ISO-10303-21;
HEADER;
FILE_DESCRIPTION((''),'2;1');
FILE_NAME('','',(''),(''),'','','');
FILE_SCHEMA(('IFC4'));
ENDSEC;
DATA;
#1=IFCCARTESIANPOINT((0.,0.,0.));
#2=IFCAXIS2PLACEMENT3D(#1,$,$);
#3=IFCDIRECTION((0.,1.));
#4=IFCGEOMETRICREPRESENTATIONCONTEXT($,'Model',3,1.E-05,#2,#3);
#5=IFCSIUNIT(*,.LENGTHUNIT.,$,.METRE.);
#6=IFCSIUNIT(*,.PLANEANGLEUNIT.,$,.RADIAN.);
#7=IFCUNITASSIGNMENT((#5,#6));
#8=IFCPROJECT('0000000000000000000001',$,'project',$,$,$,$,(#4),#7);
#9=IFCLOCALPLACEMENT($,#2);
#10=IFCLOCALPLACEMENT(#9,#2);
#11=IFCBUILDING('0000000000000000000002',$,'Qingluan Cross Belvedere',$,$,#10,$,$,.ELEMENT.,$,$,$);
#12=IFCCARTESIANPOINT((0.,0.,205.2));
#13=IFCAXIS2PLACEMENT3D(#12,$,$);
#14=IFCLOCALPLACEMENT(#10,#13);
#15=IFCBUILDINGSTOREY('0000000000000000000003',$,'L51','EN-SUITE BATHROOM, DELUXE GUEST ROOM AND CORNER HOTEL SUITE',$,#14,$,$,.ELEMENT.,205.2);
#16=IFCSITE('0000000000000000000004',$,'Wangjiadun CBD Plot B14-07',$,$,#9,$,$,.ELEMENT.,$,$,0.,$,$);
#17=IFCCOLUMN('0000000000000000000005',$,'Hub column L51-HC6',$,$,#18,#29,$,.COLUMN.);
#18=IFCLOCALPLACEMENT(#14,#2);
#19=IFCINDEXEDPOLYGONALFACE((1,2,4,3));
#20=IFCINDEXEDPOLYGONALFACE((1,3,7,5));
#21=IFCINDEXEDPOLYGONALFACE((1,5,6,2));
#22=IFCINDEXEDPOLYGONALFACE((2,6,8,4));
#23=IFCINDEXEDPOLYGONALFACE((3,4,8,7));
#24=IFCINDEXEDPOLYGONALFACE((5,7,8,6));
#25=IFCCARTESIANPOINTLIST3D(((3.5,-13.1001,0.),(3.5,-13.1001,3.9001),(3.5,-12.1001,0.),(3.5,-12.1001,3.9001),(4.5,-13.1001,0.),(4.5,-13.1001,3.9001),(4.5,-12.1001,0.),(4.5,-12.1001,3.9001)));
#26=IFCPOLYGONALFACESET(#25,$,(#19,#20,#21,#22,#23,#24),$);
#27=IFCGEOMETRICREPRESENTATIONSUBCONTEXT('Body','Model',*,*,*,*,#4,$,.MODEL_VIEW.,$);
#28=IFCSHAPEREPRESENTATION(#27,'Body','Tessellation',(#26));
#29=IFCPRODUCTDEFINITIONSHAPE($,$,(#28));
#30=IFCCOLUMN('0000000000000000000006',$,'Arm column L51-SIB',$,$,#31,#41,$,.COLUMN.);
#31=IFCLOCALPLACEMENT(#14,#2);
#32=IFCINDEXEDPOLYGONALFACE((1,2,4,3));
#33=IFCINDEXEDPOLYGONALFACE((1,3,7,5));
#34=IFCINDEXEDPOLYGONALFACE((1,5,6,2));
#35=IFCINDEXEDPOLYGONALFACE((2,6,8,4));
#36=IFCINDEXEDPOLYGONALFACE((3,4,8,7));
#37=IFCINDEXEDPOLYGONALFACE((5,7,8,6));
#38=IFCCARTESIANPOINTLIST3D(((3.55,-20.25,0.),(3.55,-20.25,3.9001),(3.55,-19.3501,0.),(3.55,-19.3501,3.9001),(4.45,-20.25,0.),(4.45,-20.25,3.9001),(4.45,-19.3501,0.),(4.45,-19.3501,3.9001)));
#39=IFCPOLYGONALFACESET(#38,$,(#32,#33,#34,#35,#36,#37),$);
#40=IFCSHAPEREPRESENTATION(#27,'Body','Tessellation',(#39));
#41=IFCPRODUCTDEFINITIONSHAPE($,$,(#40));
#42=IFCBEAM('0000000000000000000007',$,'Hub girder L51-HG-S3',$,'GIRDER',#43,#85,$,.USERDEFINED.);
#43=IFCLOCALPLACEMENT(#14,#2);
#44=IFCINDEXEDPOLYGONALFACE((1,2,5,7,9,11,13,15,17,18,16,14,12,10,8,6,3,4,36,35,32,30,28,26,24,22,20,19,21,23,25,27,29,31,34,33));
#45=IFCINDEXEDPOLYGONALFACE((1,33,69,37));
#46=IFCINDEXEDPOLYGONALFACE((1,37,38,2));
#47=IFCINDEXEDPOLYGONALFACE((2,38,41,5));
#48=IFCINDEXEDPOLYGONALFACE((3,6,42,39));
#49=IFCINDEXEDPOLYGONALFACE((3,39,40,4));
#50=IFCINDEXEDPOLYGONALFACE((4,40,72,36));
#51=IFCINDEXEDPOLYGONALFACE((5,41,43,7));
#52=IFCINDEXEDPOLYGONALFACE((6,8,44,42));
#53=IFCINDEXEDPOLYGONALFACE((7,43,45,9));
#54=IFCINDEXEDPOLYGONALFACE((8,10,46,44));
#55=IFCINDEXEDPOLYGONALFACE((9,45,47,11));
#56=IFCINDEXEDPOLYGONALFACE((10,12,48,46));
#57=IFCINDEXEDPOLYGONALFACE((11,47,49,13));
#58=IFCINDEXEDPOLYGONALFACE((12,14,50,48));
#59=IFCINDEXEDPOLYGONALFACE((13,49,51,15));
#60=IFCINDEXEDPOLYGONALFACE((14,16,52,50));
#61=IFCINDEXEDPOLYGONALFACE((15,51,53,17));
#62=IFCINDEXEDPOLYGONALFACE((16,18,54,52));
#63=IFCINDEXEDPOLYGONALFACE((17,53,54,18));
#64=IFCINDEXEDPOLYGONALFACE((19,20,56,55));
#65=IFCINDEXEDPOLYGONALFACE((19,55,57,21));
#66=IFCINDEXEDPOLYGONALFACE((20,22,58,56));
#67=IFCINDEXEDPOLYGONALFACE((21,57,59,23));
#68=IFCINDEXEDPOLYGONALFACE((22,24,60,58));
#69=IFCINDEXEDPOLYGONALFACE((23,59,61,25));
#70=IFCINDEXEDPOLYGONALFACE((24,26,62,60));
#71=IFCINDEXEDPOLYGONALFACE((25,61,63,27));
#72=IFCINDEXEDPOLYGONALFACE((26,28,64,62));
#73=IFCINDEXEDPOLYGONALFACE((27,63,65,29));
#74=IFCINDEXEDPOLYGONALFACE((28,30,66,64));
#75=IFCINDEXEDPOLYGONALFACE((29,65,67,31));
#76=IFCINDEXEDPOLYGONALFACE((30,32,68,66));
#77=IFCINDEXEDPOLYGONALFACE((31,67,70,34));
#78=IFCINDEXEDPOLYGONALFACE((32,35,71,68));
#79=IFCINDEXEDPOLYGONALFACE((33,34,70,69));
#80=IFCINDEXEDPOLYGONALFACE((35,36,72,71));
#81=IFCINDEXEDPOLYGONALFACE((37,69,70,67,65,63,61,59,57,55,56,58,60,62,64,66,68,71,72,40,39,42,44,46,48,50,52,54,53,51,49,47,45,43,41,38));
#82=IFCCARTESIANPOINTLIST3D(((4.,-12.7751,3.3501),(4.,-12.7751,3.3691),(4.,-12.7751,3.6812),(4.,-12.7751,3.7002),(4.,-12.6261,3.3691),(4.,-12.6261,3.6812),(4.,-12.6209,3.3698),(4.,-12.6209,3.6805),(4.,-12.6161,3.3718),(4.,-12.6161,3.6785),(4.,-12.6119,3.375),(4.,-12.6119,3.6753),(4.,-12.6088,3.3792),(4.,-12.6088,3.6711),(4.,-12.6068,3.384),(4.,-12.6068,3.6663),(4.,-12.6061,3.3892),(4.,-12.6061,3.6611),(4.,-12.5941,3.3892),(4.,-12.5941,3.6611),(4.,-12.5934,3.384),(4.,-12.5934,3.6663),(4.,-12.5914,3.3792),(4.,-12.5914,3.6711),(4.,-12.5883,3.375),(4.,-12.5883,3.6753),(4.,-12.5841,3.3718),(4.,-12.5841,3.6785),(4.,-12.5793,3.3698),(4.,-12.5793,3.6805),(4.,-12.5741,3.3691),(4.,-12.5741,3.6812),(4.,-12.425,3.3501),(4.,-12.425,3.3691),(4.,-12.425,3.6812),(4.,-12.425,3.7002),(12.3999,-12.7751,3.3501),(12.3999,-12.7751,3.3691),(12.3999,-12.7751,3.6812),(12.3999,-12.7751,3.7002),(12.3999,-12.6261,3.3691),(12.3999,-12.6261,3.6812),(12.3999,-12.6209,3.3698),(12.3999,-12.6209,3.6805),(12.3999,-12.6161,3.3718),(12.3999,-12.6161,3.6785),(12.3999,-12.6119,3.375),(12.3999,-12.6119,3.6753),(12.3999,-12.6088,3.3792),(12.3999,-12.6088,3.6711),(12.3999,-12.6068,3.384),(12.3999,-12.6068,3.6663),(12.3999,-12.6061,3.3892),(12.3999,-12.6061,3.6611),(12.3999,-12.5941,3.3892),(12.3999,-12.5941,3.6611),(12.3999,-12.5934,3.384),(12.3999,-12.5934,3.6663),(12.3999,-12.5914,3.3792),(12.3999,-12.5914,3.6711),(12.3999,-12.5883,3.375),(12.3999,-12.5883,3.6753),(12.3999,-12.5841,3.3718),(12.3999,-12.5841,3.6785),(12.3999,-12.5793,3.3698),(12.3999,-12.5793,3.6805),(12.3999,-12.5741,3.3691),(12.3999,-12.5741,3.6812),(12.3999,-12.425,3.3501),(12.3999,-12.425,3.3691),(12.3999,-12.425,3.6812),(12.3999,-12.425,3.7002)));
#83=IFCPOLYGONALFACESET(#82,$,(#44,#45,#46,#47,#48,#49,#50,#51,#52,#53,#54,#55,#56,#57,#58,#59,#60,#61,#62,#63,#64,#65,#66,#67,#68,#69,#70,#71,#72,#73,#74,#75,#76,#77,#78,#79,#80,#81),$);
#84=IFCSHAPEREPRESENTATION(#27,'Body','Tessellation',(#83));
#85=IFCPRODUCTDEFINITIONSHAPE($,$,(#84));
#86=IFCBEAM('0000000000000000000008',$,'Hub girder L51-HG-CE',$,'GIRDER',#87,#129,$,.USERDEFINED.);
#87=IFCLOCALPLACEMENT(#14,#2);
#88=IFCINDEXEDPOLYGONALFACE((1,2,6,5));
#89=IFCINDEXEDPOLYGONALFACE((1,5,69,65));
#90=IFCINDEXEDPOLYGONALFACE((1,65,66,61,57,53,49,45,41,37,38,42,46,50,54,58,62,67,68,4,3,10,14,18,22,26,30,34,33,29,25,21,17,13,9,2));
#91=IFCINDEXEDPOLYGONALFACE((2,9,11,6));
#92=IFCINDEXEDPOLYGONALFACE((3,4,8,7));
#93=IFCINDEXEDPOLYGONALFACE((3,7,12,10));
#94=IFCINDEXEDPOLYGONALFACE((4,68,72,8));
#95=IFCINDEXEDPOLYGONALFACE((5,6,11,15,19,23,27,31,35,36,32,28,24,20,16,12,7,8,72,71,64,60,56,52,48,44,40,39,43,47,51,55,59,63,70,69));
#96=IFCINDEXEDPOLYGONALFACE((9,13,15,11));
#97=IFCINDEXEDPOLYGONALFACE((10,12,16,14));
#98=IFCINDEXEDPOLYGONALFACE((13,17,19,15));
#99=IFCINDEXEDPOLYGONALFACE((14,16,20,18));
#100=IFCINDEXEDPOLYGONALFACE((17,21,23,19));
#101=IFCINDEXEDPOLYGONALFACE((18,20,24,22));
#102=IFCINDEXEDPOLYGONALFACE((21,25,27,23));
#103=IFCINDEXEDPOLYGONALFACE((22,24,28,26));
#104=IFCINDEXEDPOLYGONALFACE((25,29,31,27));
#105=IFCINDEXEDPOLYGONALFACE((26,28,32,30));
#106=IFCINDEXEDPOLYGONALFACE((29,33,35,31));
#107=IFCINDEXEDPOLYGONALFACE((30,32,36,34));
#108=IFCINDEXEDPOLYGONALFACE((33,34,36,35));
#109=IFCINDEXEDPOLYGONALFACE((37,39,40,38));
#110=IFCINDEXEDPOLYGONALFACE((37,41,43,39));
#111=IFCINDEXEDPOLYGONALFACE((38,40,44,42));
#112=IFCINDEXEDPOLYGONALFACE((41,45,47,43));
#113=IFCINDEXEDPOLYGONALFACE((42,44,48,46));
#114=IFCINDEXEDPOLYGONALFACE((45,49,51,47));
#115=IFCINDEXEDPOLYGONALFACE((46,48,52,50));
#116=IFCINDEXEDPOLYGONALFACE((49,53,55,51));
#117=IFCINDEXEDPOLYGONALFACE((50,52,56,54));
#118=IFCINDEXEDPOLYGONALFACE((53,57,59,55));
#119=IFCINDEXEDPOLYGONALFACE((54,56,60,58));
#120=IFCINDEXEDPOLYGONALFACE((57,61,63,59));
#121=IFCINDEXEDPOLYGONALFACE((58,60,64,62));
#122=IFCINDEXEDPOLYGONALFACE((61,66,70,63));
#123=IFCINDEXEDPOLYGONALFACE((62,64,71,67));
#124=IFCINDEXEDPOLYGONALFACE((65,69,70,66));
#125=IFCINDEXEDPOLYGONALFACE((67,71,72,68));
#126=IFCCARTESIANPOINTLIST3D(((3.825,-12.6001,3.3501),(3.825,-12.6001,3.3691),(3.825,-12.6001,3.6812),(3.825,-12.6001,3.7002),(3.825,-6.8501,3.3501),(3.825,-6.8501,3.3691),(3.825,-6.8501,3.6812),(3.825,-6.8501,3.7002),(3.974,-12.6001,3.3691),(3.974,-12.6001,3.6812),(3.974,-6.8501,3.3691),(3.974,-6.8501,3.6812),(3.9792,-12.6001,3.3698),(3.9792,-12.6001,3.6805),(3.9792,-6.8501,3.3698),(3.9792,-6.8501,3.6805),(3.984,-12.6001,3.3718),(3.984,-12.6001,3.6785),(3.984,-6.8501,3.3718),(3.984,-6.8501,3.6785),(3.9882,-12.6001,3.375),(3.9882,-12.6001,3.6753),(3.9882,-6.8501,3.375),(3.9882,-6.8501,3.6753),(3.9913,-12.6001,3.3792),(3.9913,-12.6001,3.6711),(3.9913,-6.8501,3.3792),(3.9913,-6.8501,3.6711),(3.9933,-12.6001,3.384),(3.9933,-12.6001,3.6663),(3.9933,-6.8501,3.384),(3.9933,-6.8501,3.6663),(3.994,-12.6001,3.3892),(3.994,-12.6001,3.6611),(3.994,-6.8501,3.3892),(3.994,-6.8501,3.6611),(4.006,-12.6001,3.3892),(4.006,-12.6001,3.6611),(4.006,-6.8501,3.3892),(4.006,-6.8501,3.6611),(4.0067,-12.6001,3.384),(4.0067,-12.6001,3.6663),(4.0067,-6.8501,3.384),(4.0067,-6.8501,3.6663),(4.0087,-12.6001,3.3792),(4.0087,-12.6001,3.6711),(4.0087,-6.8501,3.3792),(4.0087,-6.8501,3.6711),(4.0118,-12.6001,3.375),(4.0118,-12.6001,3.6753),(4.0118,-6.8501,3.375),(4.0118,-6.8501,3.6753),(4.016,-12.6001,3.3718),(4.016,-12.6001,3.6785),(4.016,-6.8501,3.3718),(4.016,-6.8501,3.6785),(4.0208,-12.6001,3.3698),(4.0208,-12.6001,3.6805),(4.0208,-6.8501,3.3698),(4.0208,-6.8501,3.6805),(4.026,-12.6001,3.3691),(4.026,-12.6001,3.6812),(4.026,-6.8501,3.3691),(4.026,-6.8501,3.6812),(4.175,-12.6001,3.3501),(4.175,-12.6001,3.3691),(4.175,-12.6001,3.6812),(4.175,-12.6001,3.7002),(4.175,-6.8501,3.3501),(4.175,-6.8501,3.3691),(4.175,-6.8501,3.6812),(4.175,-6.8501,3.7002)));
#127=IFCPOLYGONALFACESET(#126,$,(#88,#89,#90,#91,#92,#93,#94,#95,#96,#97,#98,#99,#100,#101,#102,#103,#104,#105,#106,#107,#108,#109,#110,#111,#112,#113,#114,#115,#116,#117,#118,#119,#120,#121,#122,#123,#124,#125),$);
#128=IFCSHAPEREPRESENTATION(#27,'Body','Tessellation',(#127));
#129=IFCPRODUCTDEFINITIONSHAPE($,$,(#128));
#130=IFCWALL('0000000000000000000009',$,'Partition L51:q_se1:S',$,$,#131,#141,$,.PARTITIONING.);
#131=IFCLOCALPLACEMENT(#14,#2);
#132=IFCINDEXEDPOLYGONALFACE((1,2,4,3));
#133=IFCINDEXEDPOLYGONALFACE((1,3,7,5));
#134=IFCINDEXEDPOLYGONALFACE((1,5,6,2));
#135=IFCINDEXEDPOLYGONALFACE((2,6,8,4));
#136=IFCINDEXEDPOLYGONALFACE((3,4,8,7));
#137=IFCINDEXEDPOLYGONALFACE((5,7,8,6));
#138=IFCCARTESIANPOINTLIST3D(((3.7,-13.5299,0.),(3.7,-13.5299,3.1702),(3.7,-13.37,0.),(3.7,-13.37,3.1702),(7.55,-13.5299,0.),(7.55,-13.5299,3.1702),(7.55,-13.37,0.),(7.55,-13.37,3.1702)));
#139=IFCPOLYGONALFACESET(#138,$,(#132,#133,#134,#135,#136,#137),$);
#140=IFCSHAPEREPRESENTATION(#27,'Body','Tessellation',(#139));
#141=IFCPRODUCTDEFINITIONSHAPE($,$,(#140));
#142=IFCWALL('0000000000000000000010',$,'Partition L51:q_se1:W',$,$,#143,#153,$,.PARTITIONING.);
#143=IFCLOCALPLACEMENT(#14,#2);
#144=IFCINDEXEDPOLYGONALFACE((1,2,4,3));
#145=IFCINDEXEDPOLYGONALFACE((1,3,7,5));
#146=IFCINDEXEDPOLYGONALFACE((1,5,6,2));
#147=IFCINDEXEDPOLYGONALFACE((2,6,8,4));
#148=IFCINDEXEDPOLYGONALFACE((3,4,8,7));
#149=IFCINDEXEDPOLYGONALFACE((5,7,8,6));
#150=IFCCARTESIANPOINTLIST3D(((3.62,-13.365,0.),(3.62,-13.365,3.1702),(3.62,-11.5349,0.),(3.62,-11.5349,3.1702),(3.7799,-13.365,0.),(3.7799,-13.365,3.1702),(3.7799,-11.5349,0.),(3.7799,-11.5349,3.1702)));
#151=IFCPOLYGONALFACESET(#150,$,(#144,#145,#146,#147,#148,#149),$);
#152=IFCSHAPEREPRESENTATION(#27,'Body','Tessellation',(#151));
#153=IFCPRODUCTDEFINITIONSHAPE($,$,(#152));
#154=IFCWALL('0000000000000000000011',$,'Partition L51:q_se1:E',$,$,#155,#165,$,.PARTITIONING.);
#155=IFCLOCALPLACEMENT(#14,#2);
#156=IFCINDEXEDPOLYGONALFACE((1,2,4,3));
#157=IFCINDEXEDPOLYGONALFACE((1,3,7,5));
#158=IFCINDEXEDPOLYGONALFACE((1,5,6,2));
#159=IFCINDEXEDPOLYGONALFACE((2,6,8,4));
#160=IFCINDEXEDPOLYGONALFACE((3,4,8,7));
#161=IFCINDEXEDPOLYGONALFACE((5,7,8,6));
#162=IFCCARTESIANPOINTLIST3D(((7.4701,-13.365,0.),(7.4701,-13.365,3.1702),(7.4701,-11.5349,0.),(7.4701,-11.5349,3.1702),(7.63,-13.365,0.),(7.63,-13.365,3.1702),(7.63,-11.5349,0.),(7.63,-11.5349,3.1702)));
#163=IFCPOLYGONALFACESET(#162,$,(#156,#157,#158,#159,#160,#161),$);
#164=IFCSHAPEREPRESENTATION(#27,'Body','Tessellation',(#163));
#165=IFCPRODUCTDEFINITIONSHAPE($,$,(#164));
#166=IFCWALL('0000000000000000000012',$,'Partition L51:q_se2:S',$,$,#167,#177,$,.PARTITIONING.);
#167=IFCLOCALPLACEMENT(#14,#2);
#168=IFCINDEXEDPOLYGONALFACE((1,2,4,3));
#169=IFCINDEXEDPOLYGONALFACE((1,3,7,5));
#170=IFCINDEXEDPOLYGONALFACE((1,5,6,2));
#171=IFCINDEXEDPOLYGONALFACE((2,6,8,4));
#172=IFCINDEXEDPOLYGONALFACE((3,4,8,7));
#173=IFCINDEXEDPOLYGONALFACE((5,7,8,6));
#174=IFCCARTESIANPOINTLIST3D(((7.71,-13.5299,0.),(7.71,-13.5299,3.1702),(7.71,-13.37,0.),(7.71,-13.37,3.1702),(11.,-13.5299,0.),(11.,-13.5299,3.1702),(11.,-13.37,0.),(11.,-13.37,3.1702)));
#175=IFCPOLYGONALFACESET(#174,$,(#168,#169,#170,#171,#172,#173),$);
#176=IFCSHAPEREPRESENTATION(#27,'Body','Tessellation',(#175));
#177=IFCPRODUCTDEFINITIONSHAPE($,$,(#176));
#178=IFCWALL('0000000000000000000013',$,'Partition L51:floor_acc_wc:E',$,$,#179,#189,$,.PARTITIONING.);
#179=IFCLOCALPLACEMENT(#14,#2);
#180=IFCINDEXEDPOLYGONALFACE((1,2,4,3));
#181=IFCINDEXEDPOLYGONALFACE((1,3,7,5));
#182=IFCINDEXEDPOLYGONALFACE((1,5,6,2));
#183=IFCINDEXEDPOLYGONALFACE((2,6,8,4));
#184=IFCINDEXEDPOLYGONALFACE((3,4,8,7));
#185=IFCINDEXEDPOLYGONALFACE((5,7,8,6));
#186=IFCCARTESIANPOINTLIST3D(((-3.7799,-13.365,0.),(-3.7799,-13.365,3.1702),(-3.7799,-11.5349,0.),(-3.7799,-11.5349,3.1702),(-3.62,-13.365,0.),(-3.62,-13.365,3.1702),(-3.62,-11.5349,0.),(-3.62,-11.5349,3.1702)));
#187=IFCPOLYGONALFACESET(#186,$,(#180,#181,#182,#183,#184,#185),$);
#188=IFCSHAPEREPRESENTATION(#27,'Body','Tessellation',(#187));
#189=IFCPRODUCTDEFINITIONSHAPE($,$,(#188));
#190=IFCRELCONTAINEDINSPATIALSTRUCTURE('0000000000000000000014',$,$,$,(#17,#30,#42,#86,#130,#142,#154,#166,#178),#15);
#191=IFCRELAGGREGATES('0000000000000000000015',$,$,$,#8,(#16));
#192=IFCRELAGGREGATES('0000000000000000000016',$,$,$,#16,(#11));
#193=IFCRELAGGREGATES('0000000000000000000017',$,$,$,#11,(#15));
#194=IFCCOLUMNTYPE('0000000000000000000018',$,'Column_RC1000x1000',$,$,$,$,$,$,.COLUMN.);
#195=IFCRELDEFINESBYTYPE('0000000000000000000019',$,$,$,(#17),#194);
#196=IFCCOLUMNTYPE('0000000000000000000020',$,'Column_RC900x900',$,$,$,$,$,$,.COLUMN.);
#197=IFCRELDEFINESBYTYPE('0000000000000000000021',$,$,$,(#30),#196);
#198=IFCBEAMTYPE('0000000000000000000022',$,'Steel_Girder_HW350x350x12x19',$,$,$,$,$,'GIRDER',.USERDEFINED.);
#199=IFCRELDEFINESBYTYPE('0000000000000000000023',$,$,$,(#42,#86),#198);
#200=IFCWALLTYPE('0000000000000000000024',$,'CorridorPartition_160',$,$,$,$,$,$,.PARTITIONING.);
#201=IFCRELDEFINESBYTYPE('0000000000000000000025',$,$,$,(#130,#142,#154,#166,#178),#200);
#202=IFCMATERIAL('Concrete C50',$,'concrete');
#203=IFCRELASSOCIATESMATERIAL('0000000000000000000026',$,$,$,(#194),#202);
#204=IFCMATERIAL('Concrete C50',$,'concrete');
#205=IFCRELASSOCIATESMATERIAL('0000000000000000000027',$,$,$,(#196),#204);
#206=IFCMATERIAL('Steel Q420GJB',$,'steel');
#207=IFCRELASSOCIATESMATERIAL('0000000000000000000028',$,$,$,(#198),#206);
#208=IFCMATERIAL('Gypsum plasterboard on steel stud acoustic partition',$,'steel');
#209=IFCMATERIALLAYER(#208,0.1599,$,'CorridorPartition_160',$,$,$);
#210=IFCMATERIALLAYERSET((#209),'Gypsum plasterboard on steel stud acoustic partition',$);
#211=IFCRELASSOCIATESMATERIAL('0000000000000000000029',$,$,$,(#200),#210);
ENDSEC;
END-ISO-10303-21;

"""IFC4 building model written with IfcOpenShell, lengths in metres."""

from ifc_helpers import new_model, si_unit, direction, frame, frame_2d, origin, origin_2d, place, context, subcontext, project, spatial, rectangle, i_section, extrude, material, layer, layer_set, material_profile, profile_set, type_object, element, save


model = new_model("IFC4")

# Units and contexts
model_context = context("Model", 3, precision=1e-05, world=origin(), true_north=direction((0.0, 1.0)))
body_context = subcontext(model_context, "Body", "Model", "MODEL_VIEW")
ifc_project = project(units=[si_unit("LENGTHUNIT", "METRE"), si_unit("PLANEANGLEUNIT", "RADIAN")], contexts=[model_context])

# Site, building, storey
site_placement = place(None, origin())
site = spatial("IfcSite", under=ifc_project, at=site_placement, Name="Wangjiadun CBD Plot B14-07", CompositionType="ELEMENT", RefElevation=0.0)
building_placement = place(site_placement, origin())
building = spatial("IfcBuilding", under=site, at=building_placement, Name="Qingluan Cross Belvedere", CompositionType="ELEMENT")
storey_placement = place(building_placement, frame((0.0, 0.0, 205.2)))
storey = spatial("IfcBuildingStorey", under=building, at=storey_placement, Name="L51", Description="EN-SUITE BATHROOM, DELUXE GUEST ROOM AND CORNER HOTEL SUITE", CompositionType="ELEMENT", Elevation=205.2)

# Columns
ifc_material_1 = material(Name="Concrete C50", Category="concrete")
ifc_material_profile_1 = material_profile(ifc_material_1, rectangle(XDim=1.0, YDim=1.0, at=origin_2d()), Name="RC1000x1000")
ifc_profile_set_1 = profile_set([ifc_material_profile_1], Name="Concrete C50")
column_type_1 = type_object("IfcColumnType", Name="Column_RC1000x1000", PredefinedType="COLUMN", material=ifc_profile_set_1)
column_1_placement = place(storey_placement, frame((4.0, -12.6001, 0.0), z_axis=(0.0, 0.0, 1.0), x_axis=(1.0, 0.0, 0.0)))
element("IfcColumn", 1, at=column_1_placement, inside=storey, type_object=column_type_1, Name="Hub column L51-HC6", PredefinedType="COLUMN", context=body_context, shape_type="SweptSolid", body=[
    extrude(rectangle(XDim=1.0, YDim=1.0, at=origin_2d()), origin(), (0.0, 0.0, 1.0), 3.9001),
])
ifc_material_2 = material(Name="Concrete C50", Category="concrete")
ifc_material_profile_2 = material_profile(ifc_material_2, rectangle(XDim=0.8999, YDim=0.8999, at=origin_2d()), Name="RC900x900")
ifc_profile_set_2 = profile_set([ifc_material_profile_2], Name="Concrete C50")
column_type_2 = type_object("IfcColumnType", Name="Column_RC900x900", PredefinedType="COLUMN", material=ifc_profile_set_2)
column_2_placement = place(storey_placement, frame((4.0, -19.8, 0.0), z_axis=(0.0, 0.0, 1.0), x_axis=(1.0, 0.0, 0.0)))
element("IfcColumn", 2, at=column_2_placement, inside=storey, type_object=column_type_2, Name="Arm column L51-SIB", PredefinedType="COLUMN", context=body_context, shape_type="SweptSolid", body=[
    extrude(rectangle(XDim=0.8999, YDim=0.8999, at=origin_2d()), origin(), (0.0, 0.0, 1.0), 3.9001),
])

# Beams
ifc_material_3 = material(Name="Steel Q420GJB", Category="steel")
ifc_material_profile_3 = material_profile(ifc_material_3, i_section(OverallWidth=0.3501, OverallDepth=0.3501, WebThickness=0.012, FlangeThickness=0.019, FilletRadius=0.02, at=origin_2d()), Name="HW350x350x12x19")
ifc_profile_set_3 = profile_set([ifc_material_profile_3], Name="Steel Q420GJB")
beam_type = type_object("IfcBeamType", Name="Steel_Girder_HW350x350x12x19", ElementType="GIRDER", PredefinedType="USERDEFINED", material=ifc_profile_set_3)
beam_1_placement = place(storey_placement, frame((4.0, -12.6001, 3.5251), z_axis=(1.0, 0.0, 0.0), x_axis=(0.0, 1.0, 0.0)))
element("IfcBeam", 3, at=beam_1_placement, inside=storey, type_object=beam_type, Name="Hub girder L51-HG-S3", ObjectType="GIRDER", PredefinedType="USERDEFINED", context=body_context, shape_type="SweptSolid", body=[
    extrude(i_section(OverallWidth=0.3501, OverallDepth=0.3501, WebThickness=0.012, FlangeThickness=0.019, FilletRadius=0.02, at=origin_2d()), origin(), (0.0, 0.0, 1.0), 8.3999),
])
beam_2_placement = place(storey_placement, frame((4.0, -12.6001, 3.5251), z_axis=(0.0, 1.0, 0.0), x_axis=(-1.0, 0.0, 0.0)))
element("IfcBeam", 4, at=beam_2_placement, inside=storey, type_object=beam_type, Name="Hub girder L51-HG-CE", ObjectType="GIRDER", PredefinedType="USERDEFINED", context=body_context, shape_type="SweptSolid", body=[
    extrude(i_section(OverallWidth=0.3501, OverallDepth=0.3501, WebThickness=0.012, FlangeThickness=0.019, FilletRadius=0.02, at=origin_2d()), origin(), (0.0, 0.0, 1.0), 5.75),
])

# Walls
ifc_material_4 = material(Name="Gypsum plasterboard on steel stud acoustic partition", Category="steel")
ifc_layer_1 = layer(ifc_material_4, 0.1599, Name="CorridorPartition_160")
ifc_layer_set_1 = layer_set([ifc_layer_1], Name="Gypsum plasterboard on steel stud acoustic partition")
wall_type_1 = type_object("IfcWallType", Name="CorridorPartition_160", PredefinedType="PARTITIONING", material=ifc_layer_set_1)
wall_1_placement = place(storey_placement, frame((3.7, -13.45, 0.0), z_axis=(0.0, 0.0, 1.0), x_axis=(1.0, 0.0, 0.0)))
element("IfcWall", 5, at=wall_1_placement, inside=storey, type_object=wall_type_1, Name="Partition L51:q_se1:S", PredefinedType="PARTITIONING", context=body_context, shape_type="SweptSolid", body=[
    extrude(rectangle(XDim=3.8501, YDim=0.1599, at=frame_2d((1.925, 0.0))), origin(), (0.0, 0.0, 1.0), 3.1702),
])
for number, where, z_axis, x_axis, name in (
    (6, (3.7, -13.365, 0.0), (0.0, 0.0, 1.0), (0.0, 1.0, 0.0), "Partition L51:q_se1:W"),
    (7, (7.55, -13.365, 0.0), (0.0, 0.0, 1.0), (0.0, 1.0, 0.0), "Partition L51:q_se1:E"),
):
    element("IfcWall", number, at=place(storey_placement, frame(where, z_axis=z_axis, x_axis=x_axis)), inside=storey, type_object=wall_type_1, Name=name, PredefinedType="PARTITIONING", context=body_context, shape_type="SweptSolid", body=[
        extrude(rectangle(XDim=1.8301, YDim=0.1599, at=frame_2d((0.915, 0.0))), origin(), (0.0, 0.0, 1.0), 3.1702),
    ])
wall_2_placement = place(storey_placement, frame((7.71, -13.45, 0.0), z_axis=(0.0, 0.0, 1.0), x_axis=(1.0, 0.0, 0.0)))
element("IfcWall", 8, at=wall_2_placement, inside=storey, type_object=wall_type_1, Name="Partition L51:q_se2:S", PredefinedType="PARTITIONING", context=body_context, shape_type="SweptSolid", body=[
    extrude(rectangle(XDim=3.29, YDim=0.1599, at=frame_2d((1.645, 0.0))), origin(), (0.0, 0.0, 1.0), 3.1702),
])
wall_3_placement = place(storey_placement, frame((-3.7, -13.365, 0.0), z_axis=(0.0, 0.0, 1.0), x_axis=(0.0, 1.0, 0.0)))
element("IfcWall", 9, at=wall_3_placement, inside=storey, type_object=wall_type_1, Name="Partition L51:floor_acc_wc:E", PredefinedType="PARTITIONING", context=body_context, shape_type="SweptSolid", body=[
    extrude(rectangle(XDim=1.8301, YDim=0.1599, at=frame_2d((0.915, 0.0))), origin(), (0.0, 0.0, 1.0), 3.1702),
])

save(model, "model.ifc")
